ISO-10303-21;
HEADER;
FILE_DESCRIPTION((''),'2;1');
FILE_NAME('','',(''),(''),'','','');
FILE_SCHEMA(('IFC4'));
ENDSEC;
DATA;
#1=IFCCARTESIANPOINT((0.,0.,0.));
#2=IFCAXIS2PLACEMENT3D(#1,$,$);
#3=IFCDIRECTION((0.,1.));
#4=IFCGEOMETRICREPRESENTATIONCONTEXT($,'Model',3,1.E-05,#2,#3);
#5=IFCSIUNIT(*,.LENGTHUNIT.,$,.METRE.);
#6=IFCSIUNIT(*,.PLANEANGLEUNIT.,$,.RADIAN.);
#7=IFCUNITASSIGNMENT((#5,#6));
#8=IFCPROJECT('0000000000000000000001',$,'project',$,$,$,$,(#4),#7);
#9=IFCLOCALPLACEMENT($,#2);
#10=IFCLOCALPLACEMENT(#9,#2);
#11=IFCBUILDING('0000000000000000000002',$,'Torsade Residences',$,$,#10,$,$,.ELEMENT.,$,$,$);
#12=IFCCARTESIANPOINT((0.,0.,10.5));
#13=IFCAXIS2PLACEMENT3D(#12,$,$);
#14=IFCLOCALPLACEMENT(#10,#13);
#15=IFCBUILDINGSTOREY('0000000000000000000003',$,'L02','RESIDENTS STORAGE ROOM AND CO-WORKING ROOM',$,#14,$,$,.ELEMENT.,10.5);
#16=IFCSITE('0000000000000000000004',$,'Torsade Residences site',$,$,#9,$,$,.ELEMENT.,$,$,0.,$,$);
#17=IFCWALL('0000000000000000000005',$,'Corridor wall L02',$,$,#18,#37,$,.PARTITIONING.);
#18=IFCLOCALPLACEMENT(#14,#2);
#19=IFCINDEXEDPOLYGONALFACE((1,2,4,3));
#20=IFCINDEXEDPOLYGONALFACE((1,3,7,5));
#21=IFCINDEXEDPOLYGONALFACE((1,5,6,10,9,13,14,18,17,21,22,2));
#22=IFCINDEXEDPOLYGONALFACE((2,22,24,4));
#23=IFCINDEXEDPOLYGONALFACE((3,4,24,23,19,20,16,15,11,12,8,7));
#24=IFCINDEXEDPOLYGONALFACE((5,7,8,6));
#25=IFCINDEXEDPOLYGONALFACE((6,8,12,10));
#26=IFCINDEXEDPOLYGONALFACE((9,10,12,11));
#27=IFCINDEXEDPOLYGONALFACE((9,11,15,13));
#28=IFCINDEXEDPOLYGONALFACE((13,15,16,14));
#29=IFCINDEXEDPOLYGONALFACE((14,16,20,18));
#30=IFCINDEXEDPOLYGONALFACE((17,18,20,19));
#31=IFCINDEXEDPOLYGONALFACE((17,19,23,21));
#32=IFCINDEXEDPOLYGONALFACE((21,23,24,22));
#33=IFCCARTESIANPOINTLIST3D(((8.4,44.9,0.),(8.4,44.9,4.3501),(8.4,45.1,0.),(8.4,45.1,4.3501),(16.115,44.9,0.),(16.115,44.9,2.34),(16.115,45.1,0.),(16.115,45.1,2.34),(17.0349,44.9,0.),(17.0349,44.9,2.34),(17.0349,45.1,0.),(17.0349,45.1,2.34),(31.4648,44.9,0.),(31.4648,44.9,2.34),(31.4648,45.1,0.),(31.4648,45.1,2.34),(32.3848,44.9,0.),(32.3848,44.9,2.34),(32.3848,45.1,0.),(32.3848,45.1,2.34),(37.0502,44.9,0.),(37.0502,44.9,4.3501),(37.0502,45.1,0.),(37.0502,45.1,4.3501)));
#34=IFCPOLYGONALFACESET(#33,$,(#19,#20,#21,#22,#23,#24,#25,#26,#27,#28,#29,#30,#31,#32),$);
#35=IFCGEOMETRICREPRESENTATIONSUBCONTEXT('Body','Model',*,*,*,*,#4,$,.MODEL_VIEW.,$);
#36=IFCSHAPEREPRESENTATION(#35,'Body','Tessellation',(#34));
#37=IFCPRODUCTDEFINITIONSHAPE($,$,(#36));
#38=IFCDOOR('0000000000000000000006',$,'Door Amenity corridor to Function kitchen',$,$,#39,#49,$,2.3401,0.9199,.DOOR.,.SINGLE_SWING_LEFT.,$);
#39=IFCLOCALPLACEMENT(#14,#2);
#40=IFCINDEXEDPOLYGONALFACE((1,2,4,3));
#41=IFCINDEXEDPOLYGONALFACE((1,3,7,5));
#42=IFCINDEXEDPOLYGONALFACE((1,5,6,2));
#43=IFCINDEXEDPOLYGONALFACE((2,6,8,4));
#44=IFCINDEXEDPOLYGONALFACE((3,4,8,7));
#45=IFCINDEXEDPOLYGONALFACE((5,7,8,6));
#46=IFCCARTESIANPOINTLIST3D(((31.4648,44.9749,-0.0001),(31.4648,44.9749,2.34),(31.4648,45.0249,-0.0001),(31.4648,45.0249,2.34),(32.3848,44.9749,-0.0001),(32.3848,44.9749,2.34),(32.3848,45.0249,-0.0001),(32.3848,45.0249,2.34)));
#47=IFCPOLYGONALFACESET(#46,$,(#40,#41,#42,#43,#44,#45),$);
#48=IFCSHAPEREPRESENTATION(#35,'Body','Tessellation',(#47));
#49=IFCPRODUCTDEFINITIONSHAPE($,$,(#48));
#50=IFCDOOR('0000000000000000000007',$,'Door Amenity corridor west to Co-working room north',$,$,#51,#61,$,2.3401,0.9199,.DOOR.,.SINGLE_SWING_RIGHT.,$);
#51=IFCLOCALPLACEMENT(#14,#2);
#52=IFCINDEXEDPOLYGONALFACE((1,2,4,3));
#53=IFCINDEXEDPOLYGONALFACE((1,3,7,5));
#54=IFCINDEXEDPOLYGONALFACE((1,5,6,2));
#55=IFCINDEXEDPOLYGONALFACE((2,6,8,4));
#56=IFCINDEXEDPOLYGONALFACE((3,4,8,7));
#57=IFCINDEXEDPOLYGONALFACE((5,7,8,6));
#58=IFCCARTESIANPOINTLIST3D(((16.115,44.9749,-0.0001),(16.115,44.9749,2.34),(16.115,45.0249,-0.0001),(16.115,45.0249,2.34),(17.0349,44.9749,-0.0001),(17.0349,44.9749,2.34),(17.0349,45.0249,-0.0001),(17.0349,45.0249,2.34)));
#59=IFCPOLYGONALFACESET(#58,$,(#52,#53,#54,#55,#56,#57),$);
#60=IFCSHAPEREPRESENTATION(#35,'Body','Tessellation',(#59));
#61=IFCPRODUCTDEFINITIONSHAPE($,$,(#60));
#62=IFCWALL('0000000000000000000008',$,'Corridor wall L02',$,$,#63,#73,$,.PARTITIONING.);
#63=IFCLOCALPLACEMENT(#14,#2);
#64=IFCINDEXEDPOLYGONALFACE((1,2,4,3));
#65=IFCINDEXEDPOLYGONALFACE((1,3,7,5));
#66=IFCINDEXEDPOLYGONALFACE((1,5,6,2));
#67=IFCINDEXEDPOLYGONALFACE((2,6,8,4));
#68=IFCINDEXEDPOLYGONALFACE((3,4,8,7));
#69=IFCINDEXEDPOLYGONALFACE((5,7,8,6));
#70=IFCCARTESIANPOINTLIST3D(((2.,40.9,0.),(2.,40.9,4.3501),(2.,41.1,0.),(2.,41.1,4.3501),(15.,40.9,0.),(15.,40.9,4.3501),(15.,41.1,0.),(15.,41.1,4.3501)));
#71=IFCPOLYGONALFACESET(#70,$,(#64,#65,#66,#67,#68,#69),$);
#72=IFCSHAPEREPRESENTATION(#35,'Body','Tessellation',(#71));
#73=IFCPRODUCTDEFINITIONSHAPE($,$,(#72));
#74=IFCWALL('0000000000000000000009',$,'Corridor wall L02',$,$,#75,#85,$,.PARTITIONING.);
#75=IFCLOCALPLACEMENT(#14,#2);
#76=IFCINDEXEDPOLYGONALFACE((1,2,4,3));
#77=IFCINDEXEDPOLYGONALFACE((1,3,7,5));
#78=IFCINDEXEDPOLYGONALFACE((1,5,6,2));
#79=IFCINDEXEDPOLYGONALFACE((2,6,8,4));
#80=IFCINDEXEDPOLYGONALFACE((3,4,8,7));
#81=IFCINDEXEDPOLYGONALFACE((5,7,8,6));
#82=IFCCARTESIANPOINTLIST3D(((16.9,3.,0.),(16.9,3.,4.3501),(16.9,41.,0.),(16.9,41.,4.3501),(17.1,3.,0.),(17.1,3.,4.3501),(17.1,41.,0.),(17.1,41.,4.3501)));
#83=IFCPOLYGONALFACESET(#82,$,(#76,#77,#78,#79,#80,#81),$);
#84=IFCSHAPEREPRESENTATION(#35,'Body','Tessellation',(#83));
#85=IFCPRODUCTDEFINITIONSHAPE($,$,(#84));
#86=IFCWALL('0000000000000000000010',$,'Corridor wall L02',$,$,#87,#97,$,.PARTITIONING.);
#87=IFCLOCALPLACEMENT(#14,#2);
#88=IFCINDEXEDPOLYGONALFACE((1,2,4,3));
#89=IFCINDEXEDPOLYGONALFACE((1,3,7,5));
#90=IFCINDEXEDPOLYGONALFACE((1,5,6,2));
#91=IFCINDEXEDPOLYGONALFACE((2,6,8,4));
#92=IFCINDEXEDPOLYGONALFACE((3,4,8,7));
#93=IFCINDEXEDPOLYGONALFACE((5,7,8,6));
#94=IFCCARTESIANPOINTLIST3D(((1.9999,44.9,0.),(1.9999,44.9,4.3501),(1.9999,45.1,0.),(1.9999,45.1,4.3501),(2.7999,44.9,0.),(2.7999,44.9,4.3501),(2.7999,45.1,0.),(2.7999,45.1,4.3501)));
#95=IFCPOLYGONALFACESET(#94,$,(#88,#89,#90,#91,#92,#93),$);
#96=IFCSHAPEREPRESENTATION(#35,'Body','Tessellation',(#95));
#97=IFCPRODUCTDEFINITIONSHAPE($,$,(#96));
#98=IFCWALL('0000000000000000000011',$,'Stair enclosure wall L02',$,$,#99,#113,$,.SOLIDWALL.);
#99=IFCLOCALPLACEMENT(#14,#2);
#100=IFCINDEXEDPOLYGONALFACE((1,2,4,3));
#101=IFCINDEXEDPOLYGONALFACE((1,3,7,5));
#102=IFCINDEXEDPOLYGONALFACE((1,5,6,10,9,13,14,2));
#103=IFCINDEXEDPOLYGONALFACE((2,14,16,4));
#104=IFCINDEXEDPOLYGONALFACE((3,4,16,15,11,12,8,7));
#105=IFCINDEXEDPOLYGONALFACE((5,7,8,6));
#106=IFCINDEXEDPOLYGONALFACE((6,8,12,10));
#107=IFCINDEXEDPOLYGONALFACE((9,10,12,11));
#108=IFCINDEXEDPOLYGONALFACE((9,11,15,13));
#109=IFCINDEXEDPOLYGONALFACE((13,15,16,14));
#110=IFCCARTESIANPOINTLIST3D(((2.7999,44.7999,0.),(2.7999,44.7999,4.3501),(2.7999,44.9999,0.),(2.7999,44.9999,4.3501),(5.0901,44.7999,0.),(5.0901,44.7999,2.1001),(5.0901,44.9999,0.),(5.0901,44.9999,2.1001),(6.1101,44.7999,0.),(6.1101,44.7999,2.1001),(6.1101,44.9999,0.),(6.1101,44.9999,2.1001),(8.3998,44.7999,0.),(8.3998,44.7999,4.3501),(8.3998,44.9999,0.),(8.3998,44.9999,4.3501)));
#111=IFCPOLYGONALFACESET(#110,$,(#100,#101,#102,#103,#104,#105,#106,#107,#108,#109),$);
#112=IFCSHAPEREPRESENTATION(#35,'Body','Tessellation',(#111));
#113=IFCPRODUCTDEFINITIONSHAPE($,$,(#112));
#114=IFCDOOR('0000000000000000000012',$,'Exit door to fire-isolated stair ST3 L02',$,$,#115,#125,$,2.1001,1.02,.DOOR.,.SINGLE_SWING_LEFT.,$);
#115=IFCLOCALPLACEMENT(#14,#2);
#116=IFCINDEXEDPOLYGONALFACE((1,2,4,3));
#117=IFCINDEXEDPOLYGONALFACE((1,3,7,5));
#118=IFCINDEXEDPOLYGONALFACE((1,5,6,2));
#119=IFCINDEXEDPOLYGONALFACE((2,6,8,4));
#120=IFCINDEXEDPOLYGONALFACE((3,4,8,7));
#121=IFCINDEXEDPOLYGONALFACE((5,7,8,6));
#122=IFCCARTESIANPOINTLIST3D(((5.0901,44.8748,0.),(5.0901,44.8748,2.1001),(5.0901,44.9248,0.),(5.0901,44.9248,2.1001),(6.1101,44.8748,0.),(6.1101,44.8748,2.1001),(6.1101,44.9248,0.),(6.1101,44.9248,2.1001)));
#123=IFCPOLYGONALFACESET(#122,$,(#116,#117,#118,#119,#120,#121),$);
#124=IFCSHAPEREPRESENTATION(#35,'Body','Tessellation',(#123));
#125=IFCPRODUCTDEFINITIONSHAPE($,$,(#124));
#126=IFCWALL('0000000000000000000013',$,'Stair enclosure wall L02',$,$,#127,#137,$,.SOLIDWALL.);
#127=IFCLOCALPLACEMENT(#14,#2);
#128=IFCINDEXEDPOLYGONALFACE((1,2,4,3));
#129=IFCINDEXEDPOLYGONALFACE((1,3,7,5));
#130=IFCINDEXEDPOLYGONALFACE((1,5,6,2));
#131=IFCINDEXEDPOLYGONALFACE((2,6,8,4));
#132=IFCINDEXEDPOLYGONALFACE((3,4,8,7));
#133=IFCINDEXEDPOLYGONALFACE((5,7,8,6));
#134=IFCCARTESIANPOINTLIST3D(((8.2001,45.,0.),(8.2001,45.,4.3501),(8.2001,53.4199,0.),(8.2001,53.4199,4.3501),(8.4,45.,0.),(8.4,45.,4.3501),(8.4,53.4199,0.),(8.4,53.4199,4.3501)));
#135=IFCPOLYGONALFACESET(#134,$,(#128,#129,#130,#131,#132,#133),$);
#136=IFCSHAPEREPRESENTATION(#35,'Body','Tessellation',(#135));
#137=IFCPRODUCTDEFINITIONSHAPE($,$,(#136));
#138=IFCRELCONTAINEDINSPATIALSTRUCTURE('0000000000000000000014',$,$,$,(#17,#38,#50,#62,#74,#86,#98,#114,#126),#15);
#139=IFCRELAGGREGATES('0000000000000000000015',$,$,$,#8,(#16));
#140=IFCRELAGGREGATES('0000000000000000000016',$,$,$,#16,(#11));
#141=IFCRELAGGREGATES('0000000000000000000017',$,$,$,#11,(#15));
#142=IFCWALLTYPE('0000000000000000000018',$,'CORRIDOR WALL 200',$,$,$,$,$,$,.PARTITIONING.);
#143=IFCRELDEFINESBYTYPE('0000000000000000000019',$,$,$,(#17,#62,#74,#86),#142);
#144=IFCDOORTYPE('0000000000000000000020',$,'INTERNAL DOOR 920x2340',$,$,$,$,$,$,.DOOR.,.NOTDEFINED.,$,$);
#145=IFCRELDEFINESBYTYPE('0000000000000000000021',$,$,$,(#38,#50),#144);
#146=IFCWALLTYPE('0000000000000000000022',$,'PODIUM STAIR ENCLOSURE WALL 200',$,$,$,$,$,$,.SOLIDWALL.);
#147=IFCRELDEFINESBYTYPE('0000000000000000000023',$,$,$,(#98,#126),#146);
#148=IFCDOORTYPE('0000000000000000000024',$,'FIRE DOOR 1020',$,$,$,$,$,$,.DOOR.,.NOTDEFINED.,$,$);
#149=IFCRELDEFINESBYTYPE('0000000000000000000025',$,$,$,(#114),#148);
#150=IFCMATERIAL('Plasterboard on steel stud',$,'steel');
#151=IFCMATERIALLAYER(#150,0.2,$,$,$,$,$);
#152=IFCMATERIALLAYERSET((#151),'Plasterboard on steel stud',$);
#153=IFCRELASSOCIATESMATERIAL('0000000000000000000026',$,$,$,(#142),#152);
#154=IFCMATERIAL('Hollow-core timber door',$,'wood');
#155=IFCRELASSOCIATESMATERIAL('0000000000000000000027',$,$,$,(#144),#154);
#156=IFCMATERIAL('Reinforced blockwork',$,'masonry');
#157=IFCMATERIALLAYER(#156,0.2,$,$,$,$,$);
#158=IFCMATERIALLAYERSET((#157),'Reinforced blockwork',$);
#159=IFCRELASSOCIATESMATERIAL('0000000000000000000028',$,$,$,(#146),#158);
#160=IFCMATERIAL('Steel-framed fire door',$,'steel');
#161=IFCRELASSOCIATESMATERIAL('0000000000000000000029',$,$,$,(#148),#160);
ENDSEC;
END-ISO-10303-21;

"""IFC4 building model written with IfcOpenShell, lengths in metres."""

from ifc_helpers import new_model, si_unit, direction, frame, frame_2d, origin, place, context, subcontext, project, spatial, rectangle, extrude, material, layer, layer_set, type_object, element, fill, save


model = new_model("IFC4")

# Units and contexts
model_context = context("Model", 3, precision=1e-05, world=origin(), true_north=direction((0.0, 1.0)))
body_context = subcontext(model_context, "Body", "Model", "MODEL_VIEW")
ifc_project = project(units=[si_unit("LENGTHUNIT", "METRE"), si_unit("PLANEANGLEUNIT", "RADIAN")], contexts=[model_context])

# Site, building, storey
site_placement = place(None, origin())
site = spatial("IfcSite", under=ifc_project, at=site_placement, Name="Torsade Residences site", CompositionType="ELEMENT", RefElevation=0.0)
building_placement = place(site_placement, origin())
building = spatial("IfcBuilding", under=site, at=building_placement, Name="Torsade Residences", CompositionType="ELEMENT")
storey_placement = place(building_placement, frame((0.0, 0.0, 10.5)))
storey = spatial("IfcBuildingStorey", under=building, at=storey_placement, Name="L02", Description="RESIDENTS STORAGE ROOM AND CO-WORKING ROOM", CompositionType="ELEMENT", Elevation=10.5)

# Wall, openings, doors
ifc_material_1 = material(Name="Plasterboard on steel stud", Category="steel")
ifc_layer_1 = layer(ifc_material_1, 0.2)
ifc_layer_set_1 = layer_set([ifc_layer_1], Name="Plasterboard on steel stud")
wall_type_1 = type_object("IfcWallType", Name="CORRIDOR WALL 200", PredefinedType="PARTITIONING", material=ifc_layer_set_1)
wall_1_placement = place(storey_placement, frame((8.3999, 45.0, 0.0), z_axis=(0.0, 0.0, 1.0), x_axis=(1.0, 0.0, 0.0)))
wall_1 = element("IfcWall", 1, at=wall_1_placement, inside=storey, type_object=wall_type_1, Name="Corridor wall L02", PredefinedType="PARTITIONING", context=body_context, shape_type="SweptSolid", body=[
    extrude(rectangle(XDim=28.6501, YDim=0.2, at=frame_2d((14.3252, 0.0))), origin(), (0.0, 0.0, 1.0), 4.3501),
])
opening_1_placement = place(wall_1_placement, frame((23.0649, 0.0, 0.0)))
opening_1 = element("IfcOpeningElement", 2, at=opening_1_placement, cuts=wall_1, PredefinedType="OPENING", context=body_context, shape_type="SweptSolid", body=[
    extrude(rectangle(XDim=0.9199, YDim=2.3401, at=frame_2d((0.46, 1.1699))), frame((0.0, 0.1099, 0.0), z_axis=(0.0, -1.0, 0.0), x_axis=(1.0, 0.0, 0.0)), (0.0, 0.0, 1.0), 0.22),
])
opening_2_placement = place(wall_1_placement, frame((7.7151, 0.0, 0.0)))
opening_2 = element("IfcOpeningElement", 3, at=opening_2_placement, cuts=wall_1, PredefinedType="OPENING", context=body_context, shape_type="SweptSolid", body=[
    extrude(rectangle(XDim=0.9199, YDim=2.3401, at=frame_2d((0.46, 1.1699))), frame((0.0, 0.1099, 0.0), z_axis=(0.0, -1.0, 0.0), x_axis=(1.0, 0.0, 0.0)), (0.0, 0.0, 1.0), 0.22),
])
ifc_material_2 = material(Name="Hollow-core timber door", Category="wood")
door_type_1 = type_object("IfcDoorType", Name="INTERNAL DOOR 920x2340", OperationType="NOTDEFINED", PredefinedType="DOOR", material=ifc_material_2)
door_1_placement = place(opening_1_placement, origin())
door_1 = element("IfcDoor", 4, at=door_1_placement, inside=storey, type_object=door_type_1, Name="Door Amenity corridor to Function kitchen", OperationType="SINGLE_SWING_LEFT", OverallHeight=2.3401, OverallWidth=0.9199, PredefinedType="DOOR", context=body_context, shape_type="SweptSolid", body=[
    extrude(rectangle(XDim=0.9199, YDim=2.3401, at=frame_2d((0.46, 1.1699))), frame((0.0, 0.0249, 0.0), z_axis=(0.0, -1.0, 0.0), x_axis=(1.0, 0.0, 0.0)), (0.0, 0.0, 1.0), 0.05),
])
fill(opening_1, door_1)
door_2_placement = place(opening_2_placement, origin())
door_2 = element("IfcDoor", 5, at=door_2_placement, inside=storey, type_object=door_type_1, Name="Door Amenity corridor west to Co-working room north", OperationType="SINGLE_SWING_RIGHT", OverallHeight=2.3401, OverallWidth=0.9199, PredefinedType="DOOR", context=body_context, shape_type="SweptSolid", body=[
    extrude(rectangle(XDim=0.9199, YDim=2.3401, at=frame_2d((0.46, 1.1699))), frame((0.0, 0.0249, 0.0), z_axis=(0.0, -1.0, 0.0), x_axis=(1.0, 0.0, 0.0)), (0.0, 0.0, 1.0), 0.05),
])
fill(opening_2, door_2)

# Walls
wall_2_placement = place(storey_placement, frame((15.0, 41.0, 0.0), z_axis=(0.0, 0.0, 1.0), x_axis=(-1.0, 0.0, 0.0)))
element("IfcWall", 6, at=wall_2_placement, inside=storey, type_object=wall_type_1, Name="Corridor wall L02", PredefinedType="PARTITIONING", context=body_context, shape_type="SweptSolid", body=[
    extrude(rectangle(XDim=13.0, YDim=0.2, at=frame_2d((6.5, 0.0))), origin(), (0.0, 0.0, 1.0), 4.3501),
])
wall_3_placement = place(storey_placement, frame((17.0, 41.0, 0.0), z_axis=(0.0, 0.0, 1.0), x_axis=(0.0, -1.0, 0.0)))
element("IfcWall", 7, at=wall_3_placement, inside=storey, type_object=wall_type_1, Name="Corridor wall L02", PredefinedType="PARTITIONING", context=body_context, shape_type="SweptSolid", body=[
    extrude(rectangle(XDim=38.0, YDim=0.2, at=frame_2d((19.0, 0.0))), origin(), (0.0, 0.0, 1.0), 4.3501),
])
wall_4_placement = place(storey_placement, frame((2.0, 45.0, 0.0), z_axis=(0.0, 0.0, 1.0), x_axis=(1.0, 0.0, 0.0)))
element("IfcWall", 8, at=wall_4_placement, inside=storey, type_object=wall_type_1, Name="Corridor wall L02", PredefinedType="PARTITIONING", context=body_context, shape_type="SweptSolid", body=[
    extrude(rectangle(XDim=0.8, YDim=0.2, at=frame_2d((0.3999, 0.0))), origin(), (0.0, 0.0, 1.0), 4.3501),
])

# Wall, opening, door
ifc_material_3 = material(Name="Reinforced blockwork", Category="masonry")
ifc_layer_2 = layer(ifc_material_3, 0.2)
ifc_layer_set_2 = layer_set([ifc_layer_2], Name="Reinforced blockwork")
wall_type_2 = type_object("IfcWallType", Name="PODIUM STAIR ENCLOSURE WALL 200", PredefinedType="SOLIDWALL", material=ifc_layer_set_2)
wall_5_placement = place(storey_placement, frame((2.8, 44.8999, 0.0), z_axis=(0.0, 0.0, 1.0), x_axis=(1.0, 0.0, 0.0)))
wall_5 = element("IfcWall", 9, at=wall_5_placement, inside=storey, type_object=wall_type_2, Name="Stair enclosure wall L02", PredefinedType="SOLIDWALL", context=body_context, shape_type="SweptSolid", body=[
    extrude(rectangle(XDim=5.5999, YDim=0.2, at=frame_2d((2.7998, 0.0))), origin(), (0.0, 0.0, 1.0), 4.3501),
])
opening_3_placement = place(wall_5_placement, frame((2.29, 0.0, 0.0)))
opening_3 = element("IfcOpeningElement", 10, at=opening_3_placement, cuts=wall_5, PredefinedType="OPENING", context=body_context, shape_type="SweptSolid", body=[
    extrude(rectangle(XDim=1.02, YDim=2.1001, at=frame_2d((0.51, 1.05))), frame((0.0, 0.1099, 0.0), z_axis=(0.0, -1.0, 0.0), x_axis=(1.0, 0.0, 0.0)), (0.0, 0.0, 1.0), 0.22),
])
ifc_material_4 = material(Name="Steel-framed fire door", Category="steel")
door_type_2 = type_object("IfcDoorType", Name="FIRE DOOR 1020", OperationType="NOTDEFINED", PredefinedType="DOOR", material=ifc_material_4)
door_3_placement = place(opening_3_placement, origin())
door_3 = element("IfcDoor", 11, at=door_3_placement, inside=storey, type_object=door_type_2, Name="Exit door to fire-isolated stair ST3 L02", OperationType="SINGLE_SWING_LEFT", OverallHeight=2.1001, OverallWidth=1.02, PredefinedType="DOOR", context=body_context, shape_type="SweptSolid", body=[
    extrude(rectangle(XDim=1.02, YDim=2.1001, at=frame_2d((0.51, 1.05))), frame((0.0, 0.0249, 0.0), z_axis=(0.0, -1.0, 0.0), x_axis=(1.0, 0.0, 0.0)), (0.0, 0.0, 1.0), 0.05),
])
fill(opening_3, door_3)

# Wall
wall_6_placement = place(storey_placement, frame((8.3, 45.0, 0.0), z_axis=(0.0, 0.0, 1.0), x_axis=(0.0, 1.0, 0.0)))
element("IfcWall", 12, at=wall_6_placement, inside=storey, type_object=wall_type_2, Name="Stair enclosure wall L02", PredefinedType="SOLIDWALL", context=body_context, shape_type="SweptSolid", body=[
    extrude(rectangle(XDim=8.4199, YDim=0.2, at=frame_2d((4.21, 0.0))), origin(), (0.0, 0.0, 1.0), 4.3501),
])

save(model, "model.ifc")
